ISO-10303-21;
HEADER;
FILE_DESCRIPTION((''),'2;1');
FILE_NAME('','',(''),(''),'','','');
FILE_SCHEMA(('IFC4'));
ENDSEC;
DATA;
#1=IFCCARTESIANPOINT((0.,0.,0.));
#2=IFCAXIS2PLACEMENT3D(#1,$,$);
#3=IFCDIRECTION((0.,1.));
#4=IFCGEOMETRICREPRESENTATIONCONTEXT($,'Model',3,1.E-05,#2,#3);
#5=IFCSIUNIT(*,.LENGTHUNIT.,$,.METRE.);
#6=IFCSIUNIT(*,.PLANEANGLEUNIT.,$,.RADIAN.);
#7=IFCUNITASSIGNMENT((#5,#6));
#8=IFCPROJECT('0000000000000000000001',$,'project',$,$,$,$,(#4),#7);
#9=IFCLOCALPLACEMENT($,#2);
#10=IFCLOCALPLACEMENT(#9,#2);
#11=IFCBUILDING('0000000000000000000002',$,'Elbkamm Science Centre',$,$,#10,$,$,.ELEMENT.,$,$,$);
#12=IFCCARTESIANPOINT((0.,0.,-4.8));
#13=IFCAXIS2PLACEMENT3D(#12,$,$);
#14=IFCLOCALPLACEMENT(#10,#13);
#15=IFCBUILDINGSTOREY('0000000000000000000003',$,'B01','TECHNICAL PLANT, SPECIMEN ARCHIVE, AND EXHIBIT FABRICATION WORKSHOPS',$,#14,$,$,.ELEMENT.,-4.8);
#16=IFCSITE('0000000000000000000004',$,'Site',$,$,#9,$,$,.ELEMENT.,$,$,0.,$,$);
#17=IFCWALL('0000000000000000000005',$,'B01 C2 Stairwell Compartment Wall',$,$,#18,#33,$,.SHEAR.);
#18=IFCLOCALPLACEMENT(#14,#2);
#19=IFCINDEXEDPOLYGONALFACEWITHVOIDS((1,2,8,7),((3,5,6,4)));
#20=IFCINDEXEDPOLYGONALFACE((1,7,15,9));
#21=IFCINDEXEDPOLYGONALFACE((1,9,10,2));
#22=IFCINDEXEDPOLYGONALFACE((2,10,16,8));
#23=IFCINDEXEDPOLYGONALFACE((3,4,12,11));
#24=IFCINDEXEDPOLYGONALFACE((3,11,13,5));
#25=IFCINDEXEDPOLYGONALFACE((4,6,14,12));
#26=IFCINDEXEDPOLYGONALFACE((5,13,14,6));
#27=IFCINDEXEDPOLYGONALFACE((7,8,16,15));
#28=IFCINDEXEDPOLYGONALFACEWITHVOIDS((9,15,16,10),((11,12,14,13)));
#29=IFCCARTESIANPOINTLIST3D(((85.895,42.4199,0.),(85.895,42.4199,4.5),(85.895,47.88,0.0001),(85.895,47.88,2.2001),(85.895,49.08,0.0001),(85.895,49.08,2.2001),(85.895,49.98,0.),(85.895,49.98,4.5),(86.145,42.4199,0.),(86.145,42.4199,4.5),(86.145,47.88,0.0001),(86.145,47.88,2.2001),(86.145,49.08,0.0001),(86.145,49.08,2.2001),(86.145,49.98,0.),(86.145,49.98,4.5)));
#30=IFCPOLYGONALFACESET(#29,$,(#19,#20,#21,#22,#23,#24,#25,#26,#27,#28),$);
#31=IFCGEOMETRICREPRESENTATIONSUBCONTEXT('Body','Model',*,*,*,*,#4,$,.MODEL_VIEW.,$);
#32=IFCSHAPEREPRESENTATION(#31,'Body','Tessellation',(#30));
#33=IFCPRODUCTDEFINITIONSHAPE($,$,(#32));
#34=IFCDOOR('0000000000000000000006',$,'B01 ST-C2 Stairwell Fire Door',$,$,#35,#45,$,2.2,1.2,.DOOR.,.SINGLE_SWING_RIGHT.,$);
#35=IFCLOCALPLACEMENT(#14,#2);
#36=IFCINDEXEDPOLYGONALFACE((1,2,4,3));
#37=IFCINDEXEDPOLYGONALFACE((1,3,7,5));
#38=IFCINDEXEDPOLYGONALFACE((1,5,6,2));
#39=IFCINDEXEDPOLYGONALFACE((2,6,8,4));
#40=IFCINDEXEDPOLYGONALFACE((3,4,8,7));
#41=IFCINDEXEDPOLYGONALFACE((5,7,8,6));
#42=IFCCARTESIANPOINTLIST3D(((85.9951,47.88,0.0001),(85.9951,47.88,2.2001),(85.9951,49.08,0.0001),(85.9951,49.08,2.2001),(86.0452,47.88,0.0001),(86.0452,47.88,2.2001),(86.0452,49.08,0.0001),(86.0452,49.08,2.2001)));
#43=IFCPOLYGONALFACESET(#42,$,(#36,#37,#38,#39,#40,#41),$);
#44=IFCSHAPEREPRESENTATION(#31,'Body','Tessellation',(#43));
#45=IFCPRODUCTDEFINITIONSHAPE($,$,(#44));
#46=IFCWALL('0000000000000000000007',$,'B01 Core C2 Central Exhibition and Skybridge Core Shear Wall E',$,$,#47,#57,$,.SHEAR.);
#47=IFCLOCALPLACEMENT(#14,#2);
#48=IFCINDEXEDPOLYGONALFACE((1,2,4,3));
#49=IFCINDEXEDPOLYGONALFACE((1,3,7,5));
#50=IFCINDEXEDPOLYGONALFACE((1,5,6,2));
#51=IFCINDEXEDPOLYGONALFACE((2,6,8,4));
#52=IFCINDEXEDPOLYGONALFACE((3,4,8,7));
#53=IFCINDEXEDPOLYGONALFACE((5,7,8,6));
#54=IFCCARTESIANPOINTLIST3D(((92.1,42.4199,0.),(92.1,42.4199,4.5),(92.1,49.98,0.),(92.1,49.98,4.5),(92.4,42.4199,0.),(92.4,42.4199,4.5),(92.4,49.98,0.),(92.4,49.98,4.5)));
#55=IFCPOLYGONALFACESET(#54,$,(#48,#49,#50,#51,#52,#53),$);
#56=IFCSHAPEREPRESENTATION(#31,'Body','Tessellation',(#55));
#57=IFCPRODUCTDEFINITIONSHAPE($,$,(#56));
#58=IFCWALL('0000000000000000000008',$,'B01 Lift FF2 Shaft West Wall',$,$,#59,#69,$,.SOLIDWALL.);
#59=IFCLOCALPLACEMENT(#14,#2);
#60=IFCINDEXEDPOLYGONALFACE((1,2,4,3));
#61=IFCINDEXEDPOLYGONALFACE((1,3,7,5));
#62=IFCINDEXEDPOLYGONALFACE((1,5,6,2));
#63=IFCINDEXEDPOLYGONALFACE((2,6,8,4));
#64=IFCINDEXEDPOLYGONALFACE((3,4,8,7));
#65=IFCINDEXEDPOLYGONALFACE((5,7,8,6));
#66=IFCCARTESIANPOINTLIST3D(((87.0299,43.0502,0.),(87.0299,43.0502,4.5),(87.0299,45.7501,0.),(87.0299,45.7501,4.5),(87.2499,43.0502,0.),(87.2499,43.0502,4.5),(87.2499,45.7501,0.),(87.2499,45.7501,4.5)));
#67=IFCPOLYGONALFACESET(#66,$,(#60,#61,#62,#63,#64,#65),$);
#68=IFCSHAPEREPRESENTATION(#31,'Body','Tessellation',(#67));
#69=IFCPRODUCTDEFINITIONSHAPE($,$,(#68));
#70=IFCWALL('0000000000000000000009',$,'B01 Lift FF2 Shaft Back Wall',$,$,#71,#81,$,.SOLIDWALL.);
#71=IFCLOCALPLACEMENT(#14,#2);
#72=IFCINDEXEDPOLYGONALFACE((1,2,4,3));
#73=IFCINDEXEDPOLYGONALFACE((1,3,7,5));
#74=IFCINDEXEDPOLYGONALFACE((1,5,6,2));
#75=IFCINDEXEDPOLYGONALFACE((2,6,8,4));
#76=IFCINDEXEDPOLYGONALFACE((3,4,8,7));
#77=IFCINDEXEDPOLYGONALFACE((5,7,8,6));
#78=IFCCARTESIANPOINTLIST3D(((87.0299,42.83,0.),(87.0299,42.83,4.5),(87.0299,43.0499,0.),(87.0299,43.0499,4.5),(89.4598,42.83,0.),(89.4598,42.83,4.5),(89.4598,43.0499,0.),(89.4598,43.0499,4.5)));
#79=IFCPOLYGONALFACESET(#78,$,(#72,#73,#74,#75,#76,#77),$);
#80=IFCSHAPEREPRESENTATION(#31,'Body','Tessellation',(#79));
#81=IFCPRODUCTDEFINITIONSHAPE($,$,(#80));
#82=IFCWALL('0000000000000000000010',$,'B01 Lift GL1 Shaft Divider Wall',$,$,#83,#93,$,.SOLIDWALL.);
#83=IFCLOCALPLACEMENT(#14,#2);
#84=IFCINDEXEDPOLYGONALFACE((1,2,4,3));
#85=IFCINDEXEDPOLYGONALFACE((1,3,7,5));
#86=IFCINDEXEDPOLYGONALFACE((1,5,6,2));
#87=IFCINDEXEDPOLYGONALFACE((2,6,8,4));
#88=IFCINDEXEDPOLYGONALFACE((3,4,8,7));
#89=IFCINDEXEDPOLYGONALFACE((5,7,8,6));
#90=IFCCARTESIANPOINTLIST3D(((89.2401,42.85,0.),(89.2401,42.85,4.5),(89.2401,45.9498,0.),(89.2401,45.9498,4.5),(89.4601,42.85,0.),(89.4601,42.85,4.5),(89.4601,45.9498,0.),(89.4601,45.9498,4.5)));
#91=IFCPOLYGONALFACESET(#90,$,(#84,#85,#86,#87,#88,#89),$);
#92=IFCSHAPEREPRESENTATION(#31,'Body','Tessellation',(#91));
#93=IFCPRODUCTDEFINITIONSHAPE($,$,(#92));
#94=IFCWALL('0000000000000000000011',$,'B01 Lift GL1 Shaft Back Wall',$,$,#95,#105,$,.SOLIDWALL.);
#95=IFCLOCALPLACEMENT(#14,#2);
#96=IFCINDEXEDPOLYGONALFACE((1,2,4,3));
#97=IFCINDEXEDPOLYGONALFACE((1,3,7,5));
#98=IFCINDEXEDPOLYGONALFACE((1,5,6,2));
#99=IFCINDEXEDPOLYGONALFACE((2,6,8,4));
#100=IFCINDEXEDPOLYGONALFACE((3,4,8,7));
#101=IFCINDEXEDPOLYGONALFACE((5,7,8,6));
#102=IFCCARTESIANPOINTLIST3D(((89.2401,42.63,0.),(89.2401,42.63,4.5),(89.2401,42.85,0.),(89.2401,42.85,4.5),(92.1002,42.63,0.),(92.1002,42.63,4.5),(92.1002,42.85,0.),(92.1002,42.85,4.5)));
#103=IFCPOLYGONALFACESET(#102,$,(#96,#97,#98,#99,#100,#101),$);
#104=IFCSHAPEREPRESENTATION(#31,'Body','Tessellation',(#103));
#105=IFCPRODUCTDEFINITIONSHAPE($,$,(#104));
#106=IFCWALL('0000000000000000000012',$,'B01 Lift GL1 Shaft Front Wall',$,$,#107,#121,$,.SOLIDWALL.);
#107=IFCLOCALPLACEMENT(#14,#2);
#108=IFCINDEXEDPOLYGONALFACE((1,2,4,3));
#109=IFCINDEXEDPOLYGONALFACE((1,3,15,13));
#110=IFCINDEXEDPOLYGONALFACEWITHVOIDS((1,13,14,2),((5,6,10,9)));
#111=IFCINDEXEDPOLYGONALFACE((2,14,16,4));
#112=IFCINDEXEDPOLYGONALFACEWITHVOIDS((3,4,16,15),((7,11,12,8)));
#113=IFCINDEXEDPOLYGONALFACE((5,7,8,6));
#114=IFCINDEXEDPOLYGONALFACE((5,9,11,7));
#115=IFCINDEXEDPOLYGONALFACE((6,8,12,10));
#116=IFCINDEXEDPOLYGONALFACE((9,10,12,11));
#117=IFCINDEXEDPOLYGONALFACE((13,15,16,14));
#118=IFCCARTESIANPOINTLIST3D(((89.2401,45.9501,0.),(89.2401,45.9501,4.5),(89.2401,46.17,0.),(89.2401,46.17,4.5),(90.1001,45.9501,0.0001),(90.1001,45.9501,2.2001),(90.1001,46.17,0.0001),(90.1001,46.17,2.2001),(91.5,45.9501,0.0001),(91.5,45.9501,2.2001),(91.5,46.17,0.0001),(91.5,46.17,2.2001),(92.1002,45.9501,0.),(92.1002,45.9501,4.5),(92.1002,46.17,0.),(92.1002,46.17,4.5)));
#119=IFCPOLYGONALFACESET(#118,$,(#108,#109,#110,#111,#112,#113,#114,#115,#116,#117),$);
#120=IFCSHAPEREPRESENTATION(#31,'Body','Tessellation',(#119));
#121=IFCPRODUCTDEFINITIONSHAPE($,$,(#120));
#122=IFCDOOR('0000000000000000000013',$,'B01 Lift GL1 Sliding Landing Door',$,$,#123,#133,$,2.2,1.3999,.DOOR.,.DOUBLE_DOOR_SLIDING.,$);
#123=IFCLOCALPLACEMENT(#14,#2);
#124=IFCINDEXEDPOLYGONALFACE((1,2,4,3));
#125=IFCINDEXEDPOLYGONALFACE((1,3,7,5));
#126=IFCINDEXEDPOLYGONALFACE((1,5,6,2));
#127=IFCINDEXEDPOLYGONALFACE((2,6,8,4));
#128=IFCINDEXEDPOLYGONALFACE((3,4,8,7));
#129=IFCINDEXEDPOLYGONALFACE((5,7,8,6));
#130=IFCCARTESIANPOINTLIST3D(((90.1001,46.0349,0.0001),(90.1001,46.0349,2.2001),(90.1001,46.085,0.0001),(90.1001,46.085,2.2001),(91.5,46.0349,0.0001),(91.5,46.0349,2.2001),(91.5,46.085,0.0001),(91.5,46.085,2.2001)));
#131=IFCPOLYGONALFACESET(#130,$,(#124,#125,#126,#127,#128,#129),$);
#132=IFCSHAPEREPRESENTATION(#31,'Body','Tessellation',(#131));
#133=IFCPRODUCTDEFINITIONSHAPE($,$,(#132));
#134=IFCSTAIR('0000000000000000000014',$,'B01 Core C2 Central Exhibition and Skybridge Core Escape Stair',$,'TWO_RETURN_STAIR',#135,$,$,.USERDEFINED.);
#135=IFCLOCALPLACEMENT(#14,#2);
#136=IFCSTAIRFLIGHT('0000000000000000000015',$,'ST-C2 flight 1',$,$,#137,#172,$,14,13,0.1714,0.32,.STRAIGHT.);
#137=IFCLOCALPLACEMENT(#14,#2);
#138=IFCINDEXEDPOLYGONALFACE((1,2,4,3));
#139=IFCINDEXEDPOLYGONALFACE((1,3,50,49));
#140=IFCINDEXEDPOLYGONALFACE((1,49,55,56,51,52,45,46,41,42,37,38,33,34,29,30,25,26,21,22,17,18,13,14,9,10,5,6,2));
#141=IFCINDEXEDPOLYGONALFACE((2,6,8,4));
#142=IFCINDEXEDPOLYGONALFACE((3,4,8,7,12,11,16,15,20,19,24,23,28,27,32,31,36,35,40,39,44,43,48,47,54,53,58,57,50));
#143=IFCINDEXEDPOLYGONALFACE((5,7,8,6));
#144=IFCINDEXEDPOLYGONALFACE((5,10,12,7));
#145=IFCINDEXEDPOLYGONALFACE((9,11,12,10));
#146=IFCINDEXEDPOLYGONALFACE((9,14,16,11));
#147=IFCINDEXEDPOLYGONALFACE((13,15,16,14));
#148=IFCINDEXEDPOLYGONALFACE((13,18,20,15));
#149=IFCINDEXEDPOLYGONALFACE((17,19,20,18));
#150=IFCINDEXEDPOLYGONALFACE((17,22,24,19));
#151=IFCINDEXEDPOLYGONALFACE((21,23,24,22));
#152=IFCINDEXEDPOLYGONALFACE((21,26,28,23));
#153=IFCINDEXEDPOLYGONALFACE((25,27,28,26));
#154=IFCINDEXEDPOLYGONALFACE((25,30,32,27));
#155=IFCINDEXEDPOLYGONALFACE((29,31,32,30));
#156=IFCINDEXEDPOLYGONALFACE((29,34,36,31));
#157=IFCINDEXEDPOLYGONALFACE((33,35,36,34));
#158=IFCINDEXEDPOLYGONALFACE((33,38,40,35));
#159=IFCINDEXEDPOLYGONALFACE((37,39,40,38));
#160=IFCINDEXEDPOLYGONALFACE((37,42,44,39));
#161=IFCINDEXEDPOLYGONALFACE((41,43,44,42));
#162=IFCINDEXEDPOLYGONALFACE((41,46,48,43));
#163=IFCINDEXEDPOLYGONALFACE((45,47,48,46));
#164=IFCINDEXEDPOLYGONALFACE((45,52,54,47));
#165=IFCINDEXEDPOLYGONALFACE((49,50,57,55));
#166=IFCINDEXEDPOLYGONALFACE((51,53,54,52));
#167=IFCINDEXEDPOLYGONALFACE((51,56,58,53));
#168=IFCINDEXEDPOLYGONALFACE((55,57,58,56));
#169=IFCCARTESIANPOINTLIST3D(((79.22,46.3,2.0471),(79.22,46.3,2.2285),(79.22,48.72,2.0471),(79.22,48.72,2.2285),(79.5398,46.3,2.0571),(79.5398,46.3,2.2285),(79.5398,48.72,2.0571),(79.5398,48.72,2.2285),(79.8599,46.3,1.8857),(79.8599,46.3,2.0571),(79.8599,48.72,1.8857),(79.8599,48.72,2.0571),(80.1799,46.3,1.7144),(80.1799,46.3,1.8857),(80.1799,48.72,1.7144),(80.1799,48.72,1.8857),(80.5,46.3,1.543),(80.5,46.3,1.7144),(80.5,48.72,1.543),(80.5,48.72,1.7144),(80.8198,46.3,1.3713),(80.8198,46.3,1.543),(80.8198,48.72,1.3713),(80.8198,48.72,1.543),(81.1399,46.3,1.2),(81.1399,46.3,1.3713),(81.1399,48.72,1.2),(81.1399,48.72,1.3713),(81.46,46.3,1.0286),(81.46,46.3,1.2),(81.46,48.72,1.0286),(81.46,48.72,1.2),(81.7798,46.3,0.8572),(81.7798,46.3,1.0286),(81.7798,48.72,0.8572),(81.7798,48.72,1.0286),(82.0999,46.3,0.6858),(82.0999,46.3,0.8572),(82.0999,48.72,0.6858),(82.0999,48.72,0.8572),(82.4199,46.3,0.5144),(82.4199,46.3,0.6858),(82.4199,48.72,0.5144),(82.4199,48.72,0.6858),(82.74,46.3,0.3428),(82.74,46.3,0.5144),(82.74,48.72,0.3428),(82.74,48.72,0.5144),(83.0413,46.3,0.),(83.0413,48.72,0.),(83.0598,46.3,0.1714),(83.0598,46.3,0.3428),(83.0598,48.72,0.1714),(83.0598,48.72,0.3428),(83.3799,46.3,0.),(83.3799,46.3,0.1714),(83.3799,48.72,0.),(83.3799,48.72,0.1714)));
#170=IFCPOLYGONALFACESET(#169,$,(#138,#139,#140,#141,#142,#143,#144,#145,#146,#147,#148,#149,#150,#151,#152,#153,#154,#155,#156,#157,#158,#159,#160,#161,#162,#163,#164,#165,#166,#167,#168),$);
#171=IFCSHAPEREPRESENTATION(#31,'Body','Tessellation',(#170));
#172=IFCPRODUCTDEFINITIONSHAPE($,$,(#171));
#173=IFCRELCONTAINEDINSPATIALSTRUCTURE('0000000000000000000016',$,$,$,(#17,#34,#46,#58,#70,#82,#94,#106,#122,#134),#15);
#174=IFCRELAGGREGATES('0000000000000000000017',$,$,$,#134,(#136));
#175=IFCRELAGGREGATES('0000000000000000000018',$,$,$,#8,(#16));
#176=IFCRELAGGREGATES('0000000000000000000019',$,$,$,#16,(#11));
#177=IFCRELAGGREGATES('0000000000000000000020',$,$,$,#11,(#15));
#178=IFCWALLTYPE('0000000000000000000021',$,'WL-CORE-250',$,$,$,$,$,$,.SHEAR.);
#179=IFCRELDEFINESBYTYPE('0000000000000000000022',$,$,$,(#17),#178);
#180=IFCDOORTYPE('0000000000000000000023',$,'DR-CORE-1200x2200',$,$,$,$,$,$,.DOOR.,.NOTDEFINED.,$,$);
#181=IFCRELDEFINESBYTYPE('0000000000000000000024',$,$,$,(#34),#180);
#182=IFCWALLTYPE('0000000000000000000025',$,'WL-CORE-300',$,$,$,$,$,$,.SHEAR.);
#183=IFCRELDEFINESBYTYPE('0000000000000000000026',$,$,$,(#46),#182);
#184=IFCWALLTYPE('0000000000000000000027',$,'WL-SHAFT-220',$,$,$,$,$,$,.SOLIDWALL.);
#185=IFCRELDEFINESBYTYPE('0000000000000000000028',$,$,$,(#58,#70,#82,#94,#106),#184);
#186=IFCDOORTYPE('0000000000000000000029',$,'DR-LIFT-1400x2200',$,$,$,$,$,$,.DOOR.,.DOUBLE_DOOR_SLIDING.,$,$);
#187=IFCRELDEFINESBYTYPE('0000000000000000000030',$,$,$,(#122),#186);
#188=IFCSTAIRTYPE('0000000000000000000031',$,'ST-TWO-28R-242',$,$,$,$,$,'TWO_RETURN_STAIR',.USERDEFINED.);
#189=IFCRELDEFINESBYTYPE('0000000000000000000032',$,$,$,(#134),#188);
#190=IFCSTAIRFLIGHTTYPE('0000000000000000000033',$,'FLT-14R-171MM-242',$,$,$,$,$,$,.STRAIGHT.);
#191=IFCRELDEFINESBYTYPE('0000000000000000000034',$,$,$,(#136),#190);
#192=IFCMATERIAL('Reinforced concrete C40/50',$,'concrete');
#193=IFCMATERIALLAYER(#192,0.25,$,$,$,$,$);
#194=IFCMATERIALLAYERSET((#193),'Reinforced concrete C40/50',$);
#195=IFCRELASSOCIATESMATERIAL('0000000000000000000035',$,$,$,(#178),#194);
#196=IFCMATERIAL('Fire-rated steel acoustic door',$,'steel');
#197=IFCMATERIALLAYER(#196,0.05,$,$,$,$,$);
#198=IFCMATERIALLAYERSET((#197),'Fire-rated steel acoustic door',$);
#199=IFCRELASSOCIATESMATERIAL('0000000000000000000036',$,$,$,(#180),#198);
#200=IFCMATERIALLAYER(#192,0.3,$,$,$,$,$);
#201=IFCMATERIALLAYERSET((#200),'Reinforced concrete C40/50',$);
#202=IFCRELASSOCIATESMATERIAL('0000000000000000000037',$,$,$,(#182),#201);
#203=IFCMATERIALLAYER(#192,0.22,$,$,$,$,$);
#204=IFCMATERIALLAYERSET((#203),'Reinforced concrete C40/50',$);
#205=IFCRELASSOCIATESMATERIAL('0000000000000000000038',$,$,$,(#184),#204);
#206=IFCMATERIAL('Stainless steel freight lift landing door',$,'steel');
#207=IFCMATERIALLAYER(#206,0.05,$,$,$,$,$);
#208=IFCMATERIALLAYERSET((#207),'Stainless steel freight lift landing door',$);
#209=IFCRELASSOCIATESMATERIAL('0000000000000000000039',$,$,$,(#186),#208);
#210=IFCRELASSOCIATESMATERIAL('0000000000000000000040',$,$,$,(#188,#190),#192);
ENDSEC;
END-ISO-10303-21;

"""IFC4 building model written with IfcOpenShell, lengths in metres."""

from ifc_helpers import new_model, si_unit, direction, frame, frame_2d, origin, place, context, subcontext, project, spatial, polyline, rectangle, outline, extrude, material, layer, layer_set, type_object, element, fill, aggregate, save


model = new_model("IFC4")

# Units and contexts
model_context = context("Model", 3, precision=1e-05, world=origin(), true_north=direction((0.0, 1.0)))
body_context = subcontext(model_context, "Body", "Model", "MODEL_VIEW")
ifc_project = project(units=[si_unit("LENGTHUNIT", "METRE"), si_unit("PLANEANGLEUNIT", "RADIAN")], contexts=[model_context])

# Site, building, storey
site_placement = place(None, origin())
site = spatial("IfcSite", under=ifc_project, at=site_placement, Name="Site", CompositionType="ELEMENT", RefElevation=0.0)
building_placement = place(site_placement, origin())
building = spatial("IfcBuilding", under=site, at=building_placement, Name="Elbkamm Science Centre", CompositionType="ELEMENT")
storey_placement = place(building_placement, frame((0.0, 0.0, -4.8)))
storey = spatial("IfcBuildingStorey", under=building, at=storey_placement, Name="B01", Description="TECHNICAL PLANT, SPECIMEN ARCHIVE, AND EXHIBIT FABRICATION WORKSHOPS", CompositionType="ELEMENT", Elevation=-4.8)

# Wall, opening, door
ifc_material_1 = material(Name="Reinforced concrete C40/50", Category="concrete")
ifc_layer_1 = layer(ifc_material_1, 0.25)
ifc_layer_set_1 = layer_set([ifc_layer_1], Name="Reinforced concrete C40/50")
wall_type_1 = type_object("IfcWallType", Name="WL-CORE-250", PredefinedType="SHEAR", material=ifc_layer_set_1)
wall_1_placement = place(storey_placement, frame((86.02, 42.4199, 0.0), z_axis=(0.0, 0.0, 1.0), x_axis=(0.0, 1.0, 0.0)))
wall_1 = element("IfcWall", 1, at=wall_1_placement, inside=storey, type_object=wall_type_1, Name="B01 C2 Stairwell Compartment Wall", PredefinedType="SHEAR", context=body_context, shape_type="SweptSolid", body=[
    extrude(rectangle(XDim=7.5601, YDim=0.25, at=frame_2d((3.78, 0.0))), origin(), (0.0, 0.0, 1.0), 4.5),
])
opening_1_placement = place(wall_1_placement, frame((5.46, 0.0, 0.0)))
opening_1 = element("IfcOpeningElement", 2, at=opening_1_placement, cuts=wall_1, PredefinedType="OPENING", context=body_context, shape_type="SweptSolid", body=[
    extrude(rectangle(XDim=1.2, YDim=2.2, at=frame_2d((0.6001, 1.1001))), frame((0.0, 0.137, 0.0), z_axis=(0.0, -1.0, 0.0), x_axis=(1.0, 0.0, 0.0)), (0.0, 0.0, 1.0), 0.2739),
])
ifc_material_2 = material(Name="Fire-rated steel acoustic door", Category="steel")
ifc_layer_2 = layer(ifc_material_2, 0.05)
ifc_layer_set_2 = layer_set([ifc_layer_2], Name="Fire-rated steel acoustic door")
door_type_1 = type_object("IfcDoorType", Name="DR-CORE-1200x2200", OperationType="NOTDEFINED", PredefinedType="DOOR", material=ifc_layer_set_2)
door_1_placement = place(opening_1_placement, origin())
door_1 = element("IfcDoor", 3, at=door_1_placement, inside=storey, type_object=door_type_1, Name="B01 ST-C2 Stairwell Fire Door", OperationType="SINGLE_SWING_RIGHT", OverallHeight=2.2, OverallWidth=1.2, PredefinedType="DOOR", context=body_context, shape_type="SweptSolid", body=[
    extrude(rectangle(XDim=1.2, YDim=2.2, at=frame_2d((0.6001, 1.1001))), frame((0.0, 0.0249, 0.0), z_axis=(0.0, -1.0, 0.0), x_axis=(1.0, 0.0, 0.0)), (0.0, 0.0, 1.0), 0.05),
])
fill(opening_1, door_1)

# Walls
ifc_layer_3 = layer(ifc_material_1, 0.3)
ifc_layer_set_3 = layer_set([ifc_layer_3], Name="Reinforced concrete C40/50")
wall_type_2 = type_object("IfcWallType", Name="WL-CORE-300", PredefinedType="SHEAR", material=ifc_layer_set_3)
wall_2_placement = place(storey_placement, frame((92.25, 42.4199, 0.0), z_axis=(0.0, 0.0, 1.0), x_axis=(0.0, 1.0, 0.0)))
element("IfcWall", 4, at=wall_2_placement, inside=storey, type_object=wall_type_2, Name="B01 Core C2 Central Exhibition and Skybridge Core Shear Wall E", PredefinedType="SHEAR", context=body_context, shape_type="SweptSolid", body=[
    extrude(rectangle(XDim=7.5601, YDim=0.3, at=frame_2d((3.78, 0.0))), origin(), (0.0, 0.0, 1.0), 4.5),
])
ifc_layer_4 = layer(ifc_material_1, 0.22)
ifc_layer_set_4 = layer_set([ifc_layer_4], Name="Reinforced concrete C40/50")
wall_type_3 = type_object("IfcWallType", Name="WL-SHAFT-220", PredefinedType="SOLIDWALL", material=ifc_layer_set_4)
wall_3_placement = place(storey_placement, frame((87.1399, 43.05, 0.0), z_axis=(0.0, 0.0, 1.0), x_axis=(0.0, 1.0, 0.0)))
element("IfcWall", 5, at=wall_3_placement, inside=storey, type_object=wall_type_3, Name="B01 Lift FF2 Shaft West Wall", PredefinedType="SOLIDWALL", context=body_context, shape_type="SweptSolid", body=[
    extrude(rectangle(XDim=2.7, YDim=0.22, at=frame_2d((1.3501, 0.0))), origin(), (0.0, 0.0, 1.0), 4.5),
])
wall_4_placement = place(storey_placement, frame((87.03, 42.9399, 0.0), z_axis=(0.0, 0.0, 1.0), x_axis=(1.0, 0.0, 0.0)))
element("IfcWall", 6, at=wall_4_placement, inside=storey, type_object=wall_type_3, Name="B01 Lift FF2 Shaft Back Wall", PredefinedType="SOLIDWALL", context=body_context, shape_type="SweptSolid", body=[
    extrude(rectangle(XDim=2.4299, YDim=0.22, at=frame_2d((1.2148, 0.0))), origin(), (0.0, 0.0, 1.0), 4.5),
])

# Walls
wall_5_placement = place(storey_placement, frame((89.3501, 42.8501, 0.0), z_axis=(0.0, 0.0, 1.0), x_axis=(0.0, 1.0, 0.0)))
element("IfcWall", 7, at=wall_5_placement, inside=storey, type_object=wall_type_3, Name="B01 Lift GL1 Shaft Divider Wall", PredefinedType="SOLIDWALL", context=body_context, shape_type="SweptSolid", body=[
    extrude(rectangle(XDim=3.0999, YDim=0.22, at=frame_2d((1.5498, 0.0))), origin(), (0.0, 0.0, 1.0), 4.5),
])
wall_6_placement = place(storey_placement, frame((89.24, 42.74, 0.0), z_axis=(0.0, 0.0, 1.0), x_axis=(1.0, 0.0, 0.0)))
element("IfcWall", 8, at=wall_6_placement, inside=storey, type_object=wall_type_3, Name="B01 Lift GL1 Shaft Back Wall", PredefinedType="SOLIDWALL", context=body_context, shape_type="SweptSolid", body=[
    extrude(rectangle(XDim=2.8601, YDim=0.22, at=frame_2d((1.4302, 0.0))), origin(), (0.0, 0.0, 1.0), 4.5),
])

# Wall, opening, door
wall_7_placement = place(storey_placement, frame((89.24, 46.0601, 0.0), z_axis=(0.0, 0.0, 1.0), x_axis=(1.0, 0.0, 0.0)))
wall_7 = element("IfcWall", 9, at=wall_7_placement, inside=storey, type_object=wall_type_3, Name="B01 Lift GL1 Shaft Front Wall", PredefinedType="SOLIDWALL", context=body_context, shape_type="SweptSolid", body=[
    extrude(rectangle(XDim=2.8601, YDim=0.22, at=frame_2d((1.4302, 0.0))), origin(), (0.0, 0.0, 1.0), 4.5),
])
opening_2_placement = place(wall_7_placement, frame((0.8601, 0.0, 0.0)))
opening_2 = element("IfcOpeningElement", 10, at=opening_2_placement, cuts=wall_7, PredefinedType="OPENING", context=body_context, shape_type="SweptSolid", body=[
    extrude(rectangle(XDim=1.3999, YDim=2.2, at=frame_2d((0.7, 1.1001))), frame((0.0, 0.1221, 0.0), z_axis=(0.0, -1.0, 0.0), x_axis=(1.0, 0.0, 0.0)), (0.0, 0.0, 1.0), 0.2439),
])
ifc_material_3 = material(Name="Stainless steel freight lift landing door", Category="steel")
ifc_layer_5 = layer(ifc_material_3, 0.05)
ifc_layer_set_5 = layer_set([ifc_layer_5], Name="Stainless steel freight lift landing door")
door_type_2 = type_object("IfcDoorType", Name="DR-LIFT-1400x2200", OperationType="DOUBLE_DOOR_SLIDING", PredefinedType="DOOR", material=ifc_layer_set_5)
door_2_placement = place(opening_2_placement, origin())
door_2 = element("IfcDoor", 11, at=door_2_placement, inside=storey, type_object=door_type_2, Name="B01 Lift GL1 Sliding Landing Door", OperationType="DOUBLE_DOOR_SLIDING", OverallHeight=2.2, OverallWidth=1.3999, PredefinedType="DOOR", context=body_context, shape_type="SweptSolid", body=[
    extrude(rectangle(XDim=1.3999, YDim=2.2, at=frame_2d((0.7, 1.1001))), frame((0.0, 0.0249, 0.0), z_axis=(0.0, -1.0, 0.0), x_axis=(1.0, 0.0, 0.0)), (0.0, 0.0, 1.0), 0.05),
])
fill(opening_2, door_2)

# Stair, stair flight
stair_type = type_object("IfcStairType", Name="ST-TWO-28R-242", ElementType="TWO_RETURN_STAIR", PredefinedType="USERDEFINED", material=ifc_material_1)
stair_placement = place(storey_placement, origin())
stair = element("IfcStair", 12, at=stair_placement, inside=storey, type_object=stair_type, Name="B01 Core C2 Central Exhibition and Skybridge Core Escape Stair", ObjectType="TWO_RETURN_STAIR", PredefinedType="USERDEFINED")
stair_flight_type = type_object("IfcStairFlightType", Name="FLT-14R-171MM-242", PredefinedType="STRAIGHT", material=ifc_material_1)
stair_flight_placement = place(storey_placement, frame((83.3799, 47.51, 0.0), z_axis=(0.0, 0.0, 1.0), x_axis=(-1.0, 0.0, 0.0)))
stair_flight = element("IfcStairFlight", 13, at=stair_flight_placement, type_object=stair_flight_type, Name="ST-C2 flight 1", NumberOfRisers=14, NumberOfTreads=13, PredefinedType="STRAIGHT", RiserHeight=0.1714, TreadLength=0.32, context=body_context, shape_type="SweptSolid", body=[
    extrude(outline(polyline([(0.0, 0.0), (0.0, 0.1714), (0.3201, 0.1714), (0.3201, 0.3428), (0.6399, 0.3428), (0.6399, 0.5144), (0.96, 0.5144), (0.96, 0.6858), (1.28, 0.6858), (1.28, 0.8572), (1.6001, 0.8572), (1.6001, 1.0286), (1.9199, 1.0286), (1.9199, 1.2), (2.24, 1.2), (2.24, 1.3713), (2.5601, 1.3713), (2.5601, 1.543), (2.8799, 1.543), (2.8799, 1.7144), (3.2, 1.7144), (3.2, 1.8857), (3.52, 1.8857), (3.52, 2.0571), (3.8401, 2.0571), (3.8401, 2.2285), (4.1599, 2.2285), (4.1599, 2.3999), (4.1599, 2.0471), (0.3386, 0.0), (0.0, 0.0)])), frame((0.0, 1.21, 0.0), z_axis=(0.0, -1.0, 0.0), x_axis=(1.0, 0.0, 0.0)), (0.0, 0.0, 1.0), 2.4199),
])
aggregate(stair, [stair_flight])

save(model, "model.ifc")
